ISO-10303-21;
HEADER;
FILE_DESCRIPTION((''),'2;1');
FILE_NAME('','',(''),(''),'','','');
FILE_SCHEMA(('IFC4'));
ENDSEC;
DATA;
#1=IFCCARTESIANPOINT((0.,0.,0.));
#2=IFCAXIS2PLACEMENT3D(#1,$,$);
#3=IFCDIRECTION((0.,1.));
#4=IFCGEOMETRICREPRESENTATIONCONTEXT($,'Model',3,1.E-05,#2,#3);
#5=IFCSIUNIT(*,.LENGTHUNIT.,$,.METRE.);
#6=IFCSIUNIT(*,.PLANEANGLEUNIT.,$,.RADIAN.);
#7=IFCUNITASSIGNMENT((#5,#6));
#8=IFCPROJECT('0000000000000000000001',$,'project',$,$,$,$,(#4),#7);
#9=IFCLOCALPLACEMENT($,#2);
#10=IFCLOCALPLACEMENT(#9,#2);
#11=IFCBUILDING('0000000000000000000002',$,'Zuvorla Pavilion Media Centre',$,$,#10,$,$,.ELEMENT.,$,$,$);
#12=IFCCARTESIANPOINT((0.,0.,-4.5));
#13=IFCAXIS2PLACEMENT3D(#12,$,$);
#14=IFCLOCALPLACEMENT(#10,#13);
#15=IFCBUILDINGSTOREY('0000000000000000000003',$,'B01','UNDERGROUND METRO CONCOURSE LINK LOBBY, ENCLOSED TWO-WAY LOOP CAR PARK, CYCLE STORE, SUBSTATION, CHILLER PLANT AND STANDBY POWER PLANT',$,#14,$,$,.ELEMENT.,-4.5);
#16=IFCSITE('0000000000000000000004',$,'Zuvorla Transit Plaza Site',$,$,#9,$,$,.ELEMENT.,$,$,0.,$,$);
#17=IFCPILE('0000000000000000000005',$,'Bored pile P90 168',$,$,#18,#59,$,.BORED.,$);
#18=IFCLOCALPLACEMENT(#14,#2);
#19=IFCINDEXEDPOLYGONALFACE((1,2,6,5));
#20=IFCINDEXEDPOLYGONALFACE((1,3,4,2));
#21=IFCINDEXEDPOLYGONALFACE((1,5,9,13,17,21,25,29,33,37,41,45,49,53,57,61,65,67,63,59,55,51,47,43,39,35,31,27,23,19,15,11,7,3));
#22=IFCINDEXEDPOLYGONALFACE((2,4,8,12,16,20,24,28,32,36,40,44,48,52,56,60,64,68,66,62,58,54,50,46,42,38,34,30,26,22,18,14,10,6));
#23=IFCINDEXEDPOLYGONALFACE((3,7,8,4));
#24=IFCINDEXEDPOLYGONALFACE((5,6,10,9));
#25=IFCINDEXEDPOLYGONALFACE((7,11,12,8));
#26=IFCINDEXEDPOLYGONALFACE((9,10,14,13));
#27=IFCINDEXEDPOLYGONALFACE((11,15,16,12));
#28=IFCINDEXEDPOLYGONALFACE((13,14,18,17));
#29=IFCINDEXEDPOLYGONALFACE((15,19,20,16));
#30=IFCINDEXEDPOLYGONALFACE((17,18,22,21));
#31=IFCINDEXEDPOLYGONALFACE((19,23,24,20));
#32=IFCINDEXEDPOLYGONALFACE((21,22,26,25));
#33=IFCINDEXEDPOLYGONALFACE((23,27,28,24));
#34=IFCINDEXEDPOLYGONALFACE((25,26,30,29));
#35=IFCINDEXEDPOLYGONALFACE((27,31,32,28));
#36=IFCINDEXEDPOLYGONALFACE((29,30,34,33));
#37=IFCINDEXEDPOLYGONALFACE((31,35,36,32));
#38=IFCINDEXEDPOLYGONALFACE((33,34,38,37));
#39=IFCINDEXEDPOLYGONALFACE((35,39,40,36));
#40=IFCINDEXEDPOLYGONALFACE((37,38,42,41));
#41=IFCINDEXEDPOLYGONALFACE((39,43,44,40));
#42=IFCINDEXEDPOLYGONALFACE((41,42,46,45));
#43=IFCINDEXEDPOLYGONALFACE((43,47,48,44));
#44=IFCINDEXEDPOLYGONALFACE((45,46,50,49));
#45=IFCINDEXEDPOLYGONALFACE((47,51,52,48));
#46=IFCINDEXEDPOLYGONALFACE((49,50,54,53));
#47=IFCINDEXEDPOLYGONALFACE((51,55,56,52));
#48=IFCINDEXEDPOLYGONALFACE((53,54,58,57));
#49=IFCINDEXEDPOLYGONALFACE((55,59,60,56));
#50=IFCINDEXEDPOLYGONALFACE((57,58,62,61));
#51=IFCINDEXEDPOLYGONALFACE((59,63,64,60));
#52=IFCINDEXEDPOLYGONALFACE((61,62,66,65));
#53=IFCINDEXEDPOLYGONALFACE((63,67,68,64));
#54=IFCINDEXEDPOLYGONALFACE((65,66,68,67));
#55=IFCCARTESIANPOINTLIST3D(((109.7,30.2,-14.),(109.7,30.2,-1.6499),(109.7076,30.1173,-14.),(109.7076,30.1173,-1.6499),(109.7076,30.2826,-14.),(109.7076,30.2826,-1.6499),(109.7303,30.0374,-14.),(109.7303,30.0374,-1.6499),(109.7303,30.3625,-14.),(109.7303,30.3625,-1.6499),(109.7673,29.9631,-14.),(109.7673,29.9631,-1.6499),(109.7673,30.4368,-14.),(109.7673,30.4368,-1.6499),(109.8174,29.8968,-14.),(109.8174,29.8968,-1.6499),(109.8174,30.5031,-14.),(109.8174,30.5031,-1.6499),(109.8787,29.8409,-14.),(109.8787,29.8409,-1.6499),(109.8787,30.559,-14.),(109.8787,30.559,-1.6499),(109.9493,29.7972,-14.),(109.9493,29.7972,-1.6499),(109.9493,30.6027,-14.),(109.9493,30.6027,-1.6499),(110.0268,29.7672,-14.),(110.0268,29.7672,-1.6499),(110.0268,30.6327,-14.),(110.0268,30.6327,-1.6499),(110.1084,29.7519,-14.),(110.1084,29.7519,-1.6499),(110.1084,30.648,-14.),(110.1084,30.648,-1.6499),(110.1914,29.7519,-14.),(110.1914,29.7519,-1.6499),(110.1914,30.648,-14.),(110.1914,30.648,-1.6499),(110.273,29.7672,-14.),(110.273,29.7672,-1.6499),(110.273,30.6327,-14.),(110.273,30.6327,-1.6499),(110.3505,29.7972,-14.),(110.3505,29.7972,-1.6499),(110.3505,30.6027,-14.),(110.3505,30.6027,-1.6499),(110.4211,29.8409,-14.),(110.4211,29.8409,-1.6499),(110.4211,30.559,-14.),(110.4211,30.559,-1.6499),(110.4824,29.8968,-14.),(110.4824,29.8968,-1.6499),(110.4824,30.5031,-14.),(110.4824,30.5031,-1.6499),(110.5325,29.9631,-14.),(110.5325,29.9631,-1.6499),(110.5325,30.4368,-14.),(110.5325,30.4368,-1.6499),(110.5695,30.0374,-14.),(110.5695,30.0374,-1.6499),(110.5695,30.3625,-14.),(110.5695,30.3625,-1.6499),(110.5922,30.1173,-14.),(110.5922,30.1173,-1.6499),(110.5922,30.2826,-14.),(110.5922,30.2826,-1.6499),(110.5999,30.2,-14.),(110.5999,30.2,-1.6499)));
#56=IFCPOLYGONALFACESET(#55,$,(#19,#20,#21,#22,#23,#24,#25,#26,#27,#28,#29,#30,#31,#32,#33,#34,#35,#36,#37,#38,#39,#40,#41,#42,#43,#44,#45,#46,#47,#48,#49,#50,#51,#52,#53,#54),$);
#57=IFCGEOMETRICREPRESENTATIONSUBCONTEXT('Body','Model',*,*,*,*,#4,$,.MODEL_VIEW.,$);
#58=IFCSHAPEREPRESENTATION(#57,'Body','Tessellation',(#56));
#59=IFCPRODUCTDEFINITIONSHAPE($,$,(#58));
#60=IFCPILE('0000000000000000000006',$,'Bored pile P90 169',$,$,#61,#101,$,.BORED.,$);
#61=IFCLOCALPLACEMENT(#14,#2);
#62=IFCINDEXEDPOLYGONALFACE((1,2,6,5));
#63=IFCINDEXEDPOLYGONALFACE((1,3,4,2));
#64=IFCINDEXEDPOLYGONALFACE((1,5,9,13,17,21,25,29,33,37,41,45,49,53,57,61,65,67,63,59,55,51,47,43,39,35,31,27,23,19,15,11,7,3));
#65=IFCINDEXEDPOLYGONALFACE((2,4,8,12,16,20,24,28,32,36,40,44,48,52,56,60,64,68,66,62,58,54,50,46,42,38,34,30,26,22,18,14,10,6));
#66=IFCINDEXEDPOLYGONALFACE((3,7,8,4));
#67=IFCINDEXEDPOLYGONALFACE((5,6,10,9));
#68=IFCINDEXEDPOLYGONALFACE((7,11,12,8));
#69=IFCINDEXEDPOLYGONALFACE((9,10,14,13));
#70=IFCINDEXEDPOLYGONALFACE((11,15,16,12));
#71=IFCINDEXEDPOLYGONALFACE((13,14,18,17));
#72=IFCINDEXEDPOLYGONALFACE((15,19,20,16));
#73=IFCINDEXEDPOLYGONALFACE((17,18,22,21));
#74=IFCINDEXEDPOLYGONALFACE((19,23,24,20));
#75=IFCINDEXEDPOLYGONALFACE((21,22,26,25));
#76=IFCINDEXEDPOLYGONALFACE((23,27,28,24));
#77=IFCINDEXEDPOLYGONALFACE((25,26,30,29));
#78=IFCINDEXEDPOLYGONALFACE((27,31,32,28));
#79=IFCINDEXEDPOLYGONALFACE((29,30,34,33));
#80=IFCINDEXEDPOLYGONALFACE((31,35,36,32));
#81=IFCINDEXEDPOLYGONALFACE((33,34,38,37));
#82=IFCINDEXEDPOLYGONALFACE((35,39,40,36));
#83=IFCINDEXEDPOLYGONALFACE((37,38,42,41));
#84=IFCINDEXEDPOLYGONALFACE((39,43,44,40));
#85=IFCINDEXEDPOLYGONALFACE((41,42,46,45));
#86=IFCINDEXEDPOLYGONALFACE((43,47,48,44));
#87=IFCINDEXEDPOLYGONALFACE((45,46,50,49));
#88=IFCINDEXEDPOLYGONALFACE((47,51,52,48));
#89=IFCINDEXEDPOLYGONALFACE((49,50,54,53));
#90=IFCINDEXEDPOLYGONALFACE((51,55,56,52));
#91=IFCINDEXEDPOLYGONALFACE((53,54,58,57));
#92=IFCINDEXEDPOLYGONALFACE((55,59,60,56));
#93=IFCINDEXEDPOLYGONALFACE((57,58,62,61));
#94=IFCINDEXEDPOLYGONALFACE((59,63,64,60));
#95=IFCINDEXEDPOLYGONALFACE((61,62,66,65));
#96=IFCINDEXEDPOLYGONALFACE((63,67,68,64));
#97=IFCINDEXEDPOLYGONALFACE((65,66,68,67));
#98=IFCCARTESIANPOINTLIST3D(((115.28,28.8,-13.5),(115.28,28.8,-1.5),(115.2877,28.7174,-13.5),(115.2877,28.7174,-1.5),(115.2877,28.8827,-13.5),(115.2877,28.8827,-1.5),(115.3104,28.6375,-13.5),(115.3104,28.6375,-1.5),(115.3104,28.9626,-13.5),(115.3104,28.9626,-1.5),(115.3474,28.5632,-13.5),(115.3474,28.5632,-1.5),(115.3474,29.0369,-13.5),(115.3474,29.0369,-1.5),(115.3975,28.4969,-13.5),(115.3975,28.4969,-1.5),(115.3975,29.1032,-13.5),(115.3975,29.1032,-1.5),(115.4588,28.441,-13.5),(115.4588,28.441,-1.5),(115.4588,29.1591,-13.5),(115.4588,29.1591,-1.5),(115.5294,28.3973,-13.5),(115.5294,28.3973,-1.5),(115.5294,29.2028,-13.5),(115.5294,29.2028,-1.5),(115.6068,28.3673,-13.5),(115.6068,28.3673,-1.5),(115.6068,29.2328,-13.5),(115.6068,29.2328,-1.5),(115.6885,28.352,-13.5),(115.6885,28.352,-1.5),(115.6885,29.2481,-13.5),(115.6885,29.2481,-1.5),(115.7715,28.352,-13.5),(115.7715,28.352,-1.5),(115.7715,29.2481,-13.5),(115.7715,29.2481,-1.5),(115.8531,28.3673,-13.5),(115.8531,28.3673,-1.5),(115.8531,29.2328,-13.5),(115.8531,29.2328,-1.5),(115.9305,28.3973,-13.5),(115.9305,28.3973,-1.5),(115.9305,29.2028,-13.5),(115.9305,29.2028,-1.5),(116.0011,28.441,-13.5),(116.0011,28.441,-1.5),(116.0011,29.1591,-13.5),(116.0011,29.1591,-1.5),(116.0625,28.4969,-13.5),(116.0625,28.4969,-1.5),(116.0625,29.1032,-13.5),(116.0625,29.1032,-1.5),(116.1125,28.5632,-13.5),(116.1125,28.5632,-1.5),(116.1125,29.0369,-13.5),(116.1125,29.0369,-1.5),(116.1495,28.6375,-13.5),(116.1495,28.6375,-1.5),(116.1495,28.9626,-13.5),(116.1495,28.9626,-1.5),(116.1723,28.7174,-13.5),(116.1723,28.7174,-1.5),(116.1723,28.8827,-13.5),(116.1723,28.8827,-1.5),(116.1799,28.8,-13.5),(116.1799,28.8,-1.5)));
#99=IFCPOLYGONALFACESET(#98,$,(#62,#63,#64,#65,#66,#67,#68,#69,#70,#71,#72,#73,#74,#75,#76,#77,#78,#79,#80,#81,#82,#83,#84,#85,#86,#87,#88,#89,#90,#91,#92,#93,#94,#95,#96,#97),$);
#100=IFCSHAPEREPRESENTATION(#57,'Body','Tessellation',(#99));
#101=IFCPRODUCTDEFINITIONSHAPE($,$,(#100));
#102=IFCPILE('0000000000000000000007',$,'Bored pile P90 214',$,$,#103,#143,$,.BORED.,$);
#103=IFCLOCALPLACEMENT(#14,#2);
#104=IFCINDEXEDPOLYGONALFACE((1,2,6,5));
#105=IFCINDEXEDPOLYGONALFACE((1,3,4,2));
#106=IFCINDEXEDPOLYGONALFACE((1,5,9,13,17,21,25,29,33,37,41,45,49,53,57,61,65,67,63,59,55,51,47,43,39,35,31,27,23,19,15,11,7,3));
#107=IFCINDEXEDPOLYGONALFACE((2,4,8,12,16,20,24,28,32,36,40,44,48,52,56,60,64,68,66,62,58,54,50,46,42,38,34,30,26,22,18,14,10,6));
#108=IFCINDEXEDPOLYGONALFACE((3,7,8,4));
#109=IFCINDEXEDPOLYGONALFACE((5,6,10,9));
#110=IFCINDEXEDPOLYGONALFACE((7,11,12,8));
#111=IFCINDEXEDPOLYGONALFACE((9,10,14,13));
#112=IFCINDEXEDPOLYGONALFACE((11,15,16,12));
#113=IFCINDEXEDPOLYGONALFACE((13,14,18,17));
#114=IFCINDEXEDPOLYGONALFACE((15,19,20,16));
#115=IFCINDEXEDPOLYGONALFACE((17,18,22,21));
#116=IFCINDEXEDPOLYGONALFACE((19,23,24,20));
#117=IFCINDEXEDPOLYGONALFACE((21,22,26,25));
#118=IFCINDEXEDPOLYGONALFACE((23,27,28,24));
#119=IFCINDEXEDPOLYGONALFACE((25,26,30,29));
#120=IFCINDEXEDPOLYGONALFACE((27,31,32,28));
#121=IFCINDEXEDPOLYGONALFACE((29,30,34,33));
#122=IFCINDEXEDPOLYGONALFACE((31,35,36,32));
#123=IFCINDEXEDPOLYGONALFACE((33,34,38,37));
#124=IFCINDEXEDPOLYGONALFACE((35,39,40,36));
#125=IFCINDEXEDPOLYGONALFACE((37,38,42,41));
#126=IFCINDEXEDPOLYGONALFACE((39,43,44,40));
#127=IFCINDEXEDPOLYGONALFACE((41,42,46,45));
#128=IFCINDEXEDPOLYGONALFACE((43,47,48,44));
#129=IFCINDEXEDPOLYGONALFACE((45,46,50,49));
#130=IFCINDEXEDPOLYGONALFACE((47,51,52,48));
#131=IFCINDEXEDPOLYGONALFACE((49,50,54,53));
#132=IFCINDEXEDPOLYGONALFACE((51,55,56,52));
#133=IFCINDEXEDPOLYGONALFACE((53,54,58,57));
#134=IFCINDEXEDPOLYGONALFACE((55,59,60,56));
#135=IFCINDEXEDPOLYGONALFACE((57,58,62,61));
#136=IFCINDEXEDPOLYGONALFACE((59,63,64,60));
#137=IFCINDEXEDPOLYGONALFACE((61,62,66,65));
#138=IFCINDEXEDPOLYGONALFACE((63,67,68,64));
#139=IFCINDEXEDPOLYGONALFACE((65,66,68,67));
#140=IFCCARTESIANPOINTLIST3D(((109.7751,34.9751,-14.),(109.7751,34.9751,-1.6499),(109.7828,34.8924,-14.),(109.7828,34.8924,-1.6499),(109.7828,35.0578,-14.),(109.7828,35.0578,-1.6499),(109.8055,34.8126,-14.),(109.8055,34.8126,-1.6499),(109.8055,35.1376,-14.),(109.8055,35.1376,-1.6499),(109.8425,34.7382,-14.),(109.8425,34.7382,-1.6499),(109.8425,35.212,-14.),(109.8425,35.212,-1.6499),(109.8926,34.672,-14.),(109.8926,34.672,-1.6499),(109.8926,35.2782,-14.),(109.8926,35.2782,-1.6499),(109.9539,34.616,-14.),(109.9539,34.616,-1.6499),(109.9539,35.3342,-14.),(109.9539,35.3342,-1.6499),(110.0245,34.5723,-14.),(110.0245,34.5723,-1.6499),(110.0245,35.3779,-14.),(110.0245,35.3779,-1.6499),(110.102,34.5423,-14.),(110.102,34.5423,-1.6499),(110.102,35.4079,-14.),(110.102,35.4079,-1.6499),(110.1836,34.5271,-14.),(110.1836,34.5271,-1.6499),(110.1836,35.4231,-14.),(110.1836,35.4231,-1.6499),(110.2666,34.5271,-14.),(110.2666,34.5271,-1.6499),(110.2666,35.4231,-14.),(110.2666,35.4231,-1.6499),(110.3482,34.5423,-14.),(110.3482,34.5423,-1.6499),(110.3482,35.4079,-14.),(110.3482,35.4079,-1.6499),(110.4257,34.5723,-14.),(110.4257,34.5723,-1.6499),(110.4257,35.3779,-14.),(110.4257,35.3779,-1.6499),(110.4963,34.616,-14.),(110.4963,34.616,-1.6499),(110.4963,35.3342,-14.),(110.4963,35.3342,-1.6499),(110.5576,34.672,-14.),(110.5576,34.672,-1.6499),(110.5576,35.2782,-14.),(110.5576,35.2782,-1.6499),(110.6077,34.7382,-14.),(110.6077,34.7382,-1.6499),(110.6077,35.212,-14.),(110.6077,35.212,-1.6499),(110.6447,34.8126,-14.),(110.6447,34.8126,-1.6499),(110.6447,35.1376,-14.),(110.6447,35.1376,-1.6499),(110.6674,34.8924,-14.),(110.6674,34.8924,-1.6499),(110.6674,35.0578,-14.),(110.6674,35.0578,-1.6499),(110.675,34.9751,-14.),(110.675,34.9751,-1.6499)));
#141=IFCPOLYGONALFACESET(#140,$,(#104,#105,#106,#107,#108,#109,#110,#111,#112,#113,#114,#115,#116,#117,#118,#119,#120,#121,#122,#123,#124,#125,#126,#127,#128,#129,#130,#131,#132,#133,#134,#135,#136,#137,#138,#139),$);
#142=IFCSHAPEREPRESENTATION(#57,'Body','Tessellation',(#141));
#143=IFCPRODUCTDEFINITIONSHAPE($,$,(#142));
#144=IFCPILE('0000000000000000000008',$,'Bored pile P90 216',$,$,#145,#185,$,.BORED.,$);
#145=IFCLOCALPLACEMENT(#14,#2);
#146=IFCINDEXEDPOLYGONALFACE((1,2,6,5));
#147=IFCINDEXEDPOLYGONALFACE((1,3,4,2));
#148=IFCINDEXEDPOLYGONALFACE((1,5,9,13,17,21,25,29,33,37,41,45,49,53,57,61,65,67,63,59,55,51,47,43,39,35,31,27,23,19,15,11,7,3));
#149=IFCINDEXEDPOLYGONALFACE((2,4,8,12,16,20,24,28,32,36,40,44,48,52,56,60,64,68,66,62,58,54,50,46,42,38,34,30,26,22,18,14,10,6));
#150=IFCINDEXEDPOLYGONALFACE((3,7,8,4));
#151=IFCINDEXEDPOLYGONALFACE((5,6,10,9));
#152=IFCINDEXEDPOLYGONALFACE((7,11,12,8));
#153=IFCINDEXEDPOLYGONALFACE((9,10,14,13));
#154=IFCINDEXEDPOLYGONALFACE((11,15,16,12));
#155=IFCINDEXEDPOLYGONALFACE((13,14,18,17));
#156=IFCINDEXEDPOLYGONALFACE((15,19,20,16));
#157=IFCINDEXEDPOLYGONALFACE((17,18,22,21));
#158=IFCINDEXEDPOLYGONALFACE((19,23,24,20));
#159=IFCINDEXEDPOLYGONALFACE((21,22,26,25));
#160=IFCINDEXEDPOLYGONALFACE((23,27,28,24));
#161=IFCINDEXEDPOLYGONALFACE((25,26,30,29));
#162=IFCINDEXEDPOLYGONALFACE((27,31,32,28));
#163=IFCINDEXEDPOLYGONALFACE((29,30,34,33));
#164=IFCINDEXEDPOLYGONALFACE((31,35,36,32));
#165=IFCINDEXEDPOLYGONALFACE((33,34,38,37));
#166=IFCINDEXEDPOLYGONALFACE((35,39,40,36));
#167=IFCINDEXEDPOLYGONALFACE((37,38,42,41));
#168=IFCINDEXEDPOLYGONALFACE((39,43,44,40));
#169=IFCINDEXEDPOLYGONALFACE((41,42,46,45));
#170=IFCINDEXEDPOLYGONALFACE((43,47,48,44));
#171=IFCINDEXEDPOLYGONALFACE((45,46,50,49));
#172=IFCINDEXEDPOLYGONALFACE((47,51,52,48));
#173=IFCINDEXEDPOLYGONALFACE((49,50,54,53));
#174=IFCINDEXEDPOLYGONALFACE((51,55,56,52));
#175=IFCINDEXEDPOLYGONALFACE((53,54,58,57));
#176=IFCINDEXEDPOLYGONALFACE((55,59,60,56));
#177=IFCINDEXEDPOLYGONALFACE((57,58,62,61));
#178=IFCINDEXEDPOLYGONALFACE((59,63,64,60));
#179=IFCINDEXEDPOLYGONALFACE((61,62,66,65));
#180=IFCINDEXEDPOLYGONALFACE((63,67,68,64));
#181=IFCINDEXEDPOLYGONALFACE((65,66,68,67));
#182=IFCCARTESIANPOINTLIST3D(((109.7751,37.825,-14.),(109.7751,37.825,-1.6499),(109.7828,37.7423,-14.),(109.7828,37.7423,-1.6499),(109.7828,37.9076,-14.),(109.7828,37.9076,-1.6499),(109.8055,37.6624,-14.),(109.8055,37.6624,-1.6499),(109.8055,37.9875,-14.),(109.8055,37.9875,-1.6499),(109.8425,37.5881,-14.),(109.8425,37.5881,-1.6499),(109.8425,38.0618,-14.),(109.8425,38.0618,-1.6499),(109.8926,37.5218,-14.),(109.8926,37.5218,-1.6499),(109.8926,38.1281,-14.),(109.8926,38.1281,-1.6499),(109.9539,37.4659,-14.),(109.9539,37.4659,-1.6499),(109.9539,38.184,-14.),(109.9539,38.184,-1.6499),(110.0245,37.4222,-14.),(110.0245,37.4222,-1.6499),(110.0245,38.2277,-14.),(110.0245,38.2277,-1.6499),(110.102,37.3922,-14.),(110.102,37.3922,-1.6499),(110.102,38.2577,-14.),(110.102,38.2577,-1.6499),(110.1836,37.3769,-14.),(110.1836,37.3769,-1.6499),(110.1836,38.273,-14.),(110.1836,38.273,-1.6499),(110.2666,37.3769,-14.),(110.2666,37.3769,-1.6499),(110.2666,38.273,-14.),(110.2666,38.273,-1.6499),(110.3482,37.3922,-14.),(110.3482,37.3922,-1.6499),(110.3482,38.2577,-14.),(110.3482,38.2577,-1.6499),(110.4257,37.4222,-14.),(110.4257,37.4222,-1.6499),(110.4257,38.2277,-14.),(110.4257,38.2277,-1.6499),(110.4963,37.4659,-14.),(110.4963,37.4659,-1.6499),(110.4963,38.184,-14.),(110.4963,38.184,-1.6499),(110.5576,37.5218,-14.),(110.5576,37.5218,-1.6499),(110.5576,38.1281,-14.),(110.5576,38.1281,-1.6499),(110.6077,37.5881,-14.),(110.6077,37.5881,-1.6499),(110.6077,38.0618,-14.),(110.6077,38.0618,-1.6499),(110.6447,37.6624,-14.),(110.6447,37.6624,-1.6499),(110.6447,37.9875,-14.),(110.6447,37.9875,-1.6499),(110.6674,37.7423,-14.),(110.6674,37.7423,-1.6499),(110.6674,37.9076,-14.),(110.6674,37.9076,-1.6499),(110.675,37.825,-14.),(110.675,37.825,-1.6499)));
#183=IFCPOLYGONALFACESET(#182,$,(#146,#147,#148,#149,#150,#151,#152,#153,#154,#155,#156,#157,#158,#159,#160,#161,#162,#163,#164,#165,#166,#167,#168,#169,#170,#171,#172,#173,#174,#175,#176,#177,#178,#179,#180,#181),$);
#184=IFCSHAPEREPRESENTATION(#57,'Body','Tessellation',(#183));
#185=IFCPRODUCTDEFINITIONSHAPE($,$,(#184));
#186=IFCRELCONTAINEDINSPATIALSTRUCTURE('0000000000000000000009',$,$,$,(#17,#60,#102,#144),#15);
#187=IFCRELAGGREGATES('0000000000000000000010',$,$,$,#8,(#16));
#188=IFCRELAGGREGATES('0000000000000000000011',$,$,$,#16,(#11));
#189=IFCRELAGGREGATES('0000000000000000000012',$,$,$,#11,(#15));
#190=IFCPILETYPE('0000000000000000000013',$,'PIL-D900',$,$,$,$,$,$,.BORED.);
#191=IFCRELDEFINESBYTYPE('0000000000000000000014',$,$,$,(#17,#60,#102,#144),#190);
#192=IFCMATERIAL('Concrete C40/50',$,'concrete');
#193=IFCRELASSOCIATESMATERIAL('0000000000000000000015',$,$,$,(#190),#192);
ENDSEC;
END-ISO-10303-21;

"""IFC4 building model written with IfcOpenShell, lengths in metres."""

from ifc_helpers import new_model, si_unit, direction, frame, origin, origin_2d, place, context, subcontext, project, spatial, circle, extrude, material, material_profile, profile_set, type_object, element, save


model = new_model("IFC4")

# Units and contexts
model_context = context("Model", 3, precision=1e-05, world=origin(), true_north=direction((0.0, 1.0)))
body_context = subcontext(model_context, "Body", "Model", "MODEL_VIEW")
ifc_project = project(units=[si_unit("LENGTHUNIT", "METRE"), si_unit("PLANEANGLEUNIT", "RADIAN")], contexts=[model_context])

# Site, building, storey
site_placement = place(None, origin())
site = spatial("IfcSite", under=ifc_project, at=site_placement, Name="Zuvorla Transit Plaza Site", CompositionType="ELEMENT", RefElevation=0.0)
building_placement = place(site_placement, origin())
building = spatial("IfcBuilding", under=site, at=building_placement, Name="Zuvorla Pavilion Media Centre", CompositionType="ELEMENT")
storey_placement = place(building_placement, frame((0.0, 0.0, -4.5)))
storey = spatial("IfcBuildingStorey", under=building, at=storey_placement, Name="B01", Description="UNDERGROUND METRO CONCOURSE LINK LOBBY, ENCLOSED TWO-WAY LOOP CAR PARK, CYCLE STORE, SUBSTATION, CHILLER PLANT AND STANDBY POWER PLANT", CompositionType="ELEMENT", Elevation=-4.5)

# Shared definitions
ifc_material_1 = material(Name="Concrete C40/50", Category="concrete")

# Piles
ifc_material_profile_1 = material_profile(ifc_material_1, circle(Radius=0.45, at=origin_2d()), Name="BORED PILE 900")
ifc_profile_set_1 = profile_set([ifc_material_profile_1], Name="Concrete C40/50")
pile_type = type_object("IfcPileType", Name="PIL-D900", PredefinedType="BORED", material=ifc_profile_set_1)
for number, where, z_axis, x_axis, name in (
    (1, (110.1499, 30.2, -1.6499), (0.0, 0.0, -1.0), (1.0, 0.0, 0.0), "Bored pile P90 168"),
):
    element("IfcPile", number, at=place(storey_placement, frame(where, z_axis=z_axis, x_axis=x_axis)), inside=storey, type_object=pile_type, Name=name, PredefinedType="BORED", context=body_context, shape_type="SweptSolid", body=[
        extrude(circle(Radius=0.45, at=origin_2d()), origin(), (0.0, 0.0, 1.0), 12.3501),
    ])
pile_1_placement = place(storey_placement, frame((115.73, 28.8, -1.5), z_axis=(0.0, 0.0, -1.0), x_axis=(1.0, 0.0, 0.0)))
element("IfcPile", 2, at=pile_1_placement, inside=storey, type_object=pile_type, Name="Bored pile P90 169", PredefinedType="BORED", context=body_context, shape_type="SweptSolid", body=[
    extrude(circle(Radius=0.45, at=origin_2d()), origin(), (0.0, 0.0, 1.0), 12.0),
])
for number, where, z_axis, x_axis, name in (
    (3, (110.2251, 34.9751, -1.6499), (0.0, 0.0, -1.0), (1.0, 0.0, 0.0), "Bored pile P90 214"),
    (4, (110.2251, 37.825, -1.6499), (0.0, 0.0, -1.0), (1.0, 0.0, 0.0), "Bored pile P90 216"),
):
    element("IfcPile", number, at=place(storey_placement, frame(where, z_axis=z_axis, x_axis=x_axis)), inside=storey, type_object=pile_type, Name=name, PredefinedType="BORED", context=body_context, shape_type="SweptSolid", body=[
        extrude(circle(Radius=0.45, at=origin_2d()), origin(), (0.0, 0.0, 1.0), 12.3501),
    ])

save(model, "model.ifc")
